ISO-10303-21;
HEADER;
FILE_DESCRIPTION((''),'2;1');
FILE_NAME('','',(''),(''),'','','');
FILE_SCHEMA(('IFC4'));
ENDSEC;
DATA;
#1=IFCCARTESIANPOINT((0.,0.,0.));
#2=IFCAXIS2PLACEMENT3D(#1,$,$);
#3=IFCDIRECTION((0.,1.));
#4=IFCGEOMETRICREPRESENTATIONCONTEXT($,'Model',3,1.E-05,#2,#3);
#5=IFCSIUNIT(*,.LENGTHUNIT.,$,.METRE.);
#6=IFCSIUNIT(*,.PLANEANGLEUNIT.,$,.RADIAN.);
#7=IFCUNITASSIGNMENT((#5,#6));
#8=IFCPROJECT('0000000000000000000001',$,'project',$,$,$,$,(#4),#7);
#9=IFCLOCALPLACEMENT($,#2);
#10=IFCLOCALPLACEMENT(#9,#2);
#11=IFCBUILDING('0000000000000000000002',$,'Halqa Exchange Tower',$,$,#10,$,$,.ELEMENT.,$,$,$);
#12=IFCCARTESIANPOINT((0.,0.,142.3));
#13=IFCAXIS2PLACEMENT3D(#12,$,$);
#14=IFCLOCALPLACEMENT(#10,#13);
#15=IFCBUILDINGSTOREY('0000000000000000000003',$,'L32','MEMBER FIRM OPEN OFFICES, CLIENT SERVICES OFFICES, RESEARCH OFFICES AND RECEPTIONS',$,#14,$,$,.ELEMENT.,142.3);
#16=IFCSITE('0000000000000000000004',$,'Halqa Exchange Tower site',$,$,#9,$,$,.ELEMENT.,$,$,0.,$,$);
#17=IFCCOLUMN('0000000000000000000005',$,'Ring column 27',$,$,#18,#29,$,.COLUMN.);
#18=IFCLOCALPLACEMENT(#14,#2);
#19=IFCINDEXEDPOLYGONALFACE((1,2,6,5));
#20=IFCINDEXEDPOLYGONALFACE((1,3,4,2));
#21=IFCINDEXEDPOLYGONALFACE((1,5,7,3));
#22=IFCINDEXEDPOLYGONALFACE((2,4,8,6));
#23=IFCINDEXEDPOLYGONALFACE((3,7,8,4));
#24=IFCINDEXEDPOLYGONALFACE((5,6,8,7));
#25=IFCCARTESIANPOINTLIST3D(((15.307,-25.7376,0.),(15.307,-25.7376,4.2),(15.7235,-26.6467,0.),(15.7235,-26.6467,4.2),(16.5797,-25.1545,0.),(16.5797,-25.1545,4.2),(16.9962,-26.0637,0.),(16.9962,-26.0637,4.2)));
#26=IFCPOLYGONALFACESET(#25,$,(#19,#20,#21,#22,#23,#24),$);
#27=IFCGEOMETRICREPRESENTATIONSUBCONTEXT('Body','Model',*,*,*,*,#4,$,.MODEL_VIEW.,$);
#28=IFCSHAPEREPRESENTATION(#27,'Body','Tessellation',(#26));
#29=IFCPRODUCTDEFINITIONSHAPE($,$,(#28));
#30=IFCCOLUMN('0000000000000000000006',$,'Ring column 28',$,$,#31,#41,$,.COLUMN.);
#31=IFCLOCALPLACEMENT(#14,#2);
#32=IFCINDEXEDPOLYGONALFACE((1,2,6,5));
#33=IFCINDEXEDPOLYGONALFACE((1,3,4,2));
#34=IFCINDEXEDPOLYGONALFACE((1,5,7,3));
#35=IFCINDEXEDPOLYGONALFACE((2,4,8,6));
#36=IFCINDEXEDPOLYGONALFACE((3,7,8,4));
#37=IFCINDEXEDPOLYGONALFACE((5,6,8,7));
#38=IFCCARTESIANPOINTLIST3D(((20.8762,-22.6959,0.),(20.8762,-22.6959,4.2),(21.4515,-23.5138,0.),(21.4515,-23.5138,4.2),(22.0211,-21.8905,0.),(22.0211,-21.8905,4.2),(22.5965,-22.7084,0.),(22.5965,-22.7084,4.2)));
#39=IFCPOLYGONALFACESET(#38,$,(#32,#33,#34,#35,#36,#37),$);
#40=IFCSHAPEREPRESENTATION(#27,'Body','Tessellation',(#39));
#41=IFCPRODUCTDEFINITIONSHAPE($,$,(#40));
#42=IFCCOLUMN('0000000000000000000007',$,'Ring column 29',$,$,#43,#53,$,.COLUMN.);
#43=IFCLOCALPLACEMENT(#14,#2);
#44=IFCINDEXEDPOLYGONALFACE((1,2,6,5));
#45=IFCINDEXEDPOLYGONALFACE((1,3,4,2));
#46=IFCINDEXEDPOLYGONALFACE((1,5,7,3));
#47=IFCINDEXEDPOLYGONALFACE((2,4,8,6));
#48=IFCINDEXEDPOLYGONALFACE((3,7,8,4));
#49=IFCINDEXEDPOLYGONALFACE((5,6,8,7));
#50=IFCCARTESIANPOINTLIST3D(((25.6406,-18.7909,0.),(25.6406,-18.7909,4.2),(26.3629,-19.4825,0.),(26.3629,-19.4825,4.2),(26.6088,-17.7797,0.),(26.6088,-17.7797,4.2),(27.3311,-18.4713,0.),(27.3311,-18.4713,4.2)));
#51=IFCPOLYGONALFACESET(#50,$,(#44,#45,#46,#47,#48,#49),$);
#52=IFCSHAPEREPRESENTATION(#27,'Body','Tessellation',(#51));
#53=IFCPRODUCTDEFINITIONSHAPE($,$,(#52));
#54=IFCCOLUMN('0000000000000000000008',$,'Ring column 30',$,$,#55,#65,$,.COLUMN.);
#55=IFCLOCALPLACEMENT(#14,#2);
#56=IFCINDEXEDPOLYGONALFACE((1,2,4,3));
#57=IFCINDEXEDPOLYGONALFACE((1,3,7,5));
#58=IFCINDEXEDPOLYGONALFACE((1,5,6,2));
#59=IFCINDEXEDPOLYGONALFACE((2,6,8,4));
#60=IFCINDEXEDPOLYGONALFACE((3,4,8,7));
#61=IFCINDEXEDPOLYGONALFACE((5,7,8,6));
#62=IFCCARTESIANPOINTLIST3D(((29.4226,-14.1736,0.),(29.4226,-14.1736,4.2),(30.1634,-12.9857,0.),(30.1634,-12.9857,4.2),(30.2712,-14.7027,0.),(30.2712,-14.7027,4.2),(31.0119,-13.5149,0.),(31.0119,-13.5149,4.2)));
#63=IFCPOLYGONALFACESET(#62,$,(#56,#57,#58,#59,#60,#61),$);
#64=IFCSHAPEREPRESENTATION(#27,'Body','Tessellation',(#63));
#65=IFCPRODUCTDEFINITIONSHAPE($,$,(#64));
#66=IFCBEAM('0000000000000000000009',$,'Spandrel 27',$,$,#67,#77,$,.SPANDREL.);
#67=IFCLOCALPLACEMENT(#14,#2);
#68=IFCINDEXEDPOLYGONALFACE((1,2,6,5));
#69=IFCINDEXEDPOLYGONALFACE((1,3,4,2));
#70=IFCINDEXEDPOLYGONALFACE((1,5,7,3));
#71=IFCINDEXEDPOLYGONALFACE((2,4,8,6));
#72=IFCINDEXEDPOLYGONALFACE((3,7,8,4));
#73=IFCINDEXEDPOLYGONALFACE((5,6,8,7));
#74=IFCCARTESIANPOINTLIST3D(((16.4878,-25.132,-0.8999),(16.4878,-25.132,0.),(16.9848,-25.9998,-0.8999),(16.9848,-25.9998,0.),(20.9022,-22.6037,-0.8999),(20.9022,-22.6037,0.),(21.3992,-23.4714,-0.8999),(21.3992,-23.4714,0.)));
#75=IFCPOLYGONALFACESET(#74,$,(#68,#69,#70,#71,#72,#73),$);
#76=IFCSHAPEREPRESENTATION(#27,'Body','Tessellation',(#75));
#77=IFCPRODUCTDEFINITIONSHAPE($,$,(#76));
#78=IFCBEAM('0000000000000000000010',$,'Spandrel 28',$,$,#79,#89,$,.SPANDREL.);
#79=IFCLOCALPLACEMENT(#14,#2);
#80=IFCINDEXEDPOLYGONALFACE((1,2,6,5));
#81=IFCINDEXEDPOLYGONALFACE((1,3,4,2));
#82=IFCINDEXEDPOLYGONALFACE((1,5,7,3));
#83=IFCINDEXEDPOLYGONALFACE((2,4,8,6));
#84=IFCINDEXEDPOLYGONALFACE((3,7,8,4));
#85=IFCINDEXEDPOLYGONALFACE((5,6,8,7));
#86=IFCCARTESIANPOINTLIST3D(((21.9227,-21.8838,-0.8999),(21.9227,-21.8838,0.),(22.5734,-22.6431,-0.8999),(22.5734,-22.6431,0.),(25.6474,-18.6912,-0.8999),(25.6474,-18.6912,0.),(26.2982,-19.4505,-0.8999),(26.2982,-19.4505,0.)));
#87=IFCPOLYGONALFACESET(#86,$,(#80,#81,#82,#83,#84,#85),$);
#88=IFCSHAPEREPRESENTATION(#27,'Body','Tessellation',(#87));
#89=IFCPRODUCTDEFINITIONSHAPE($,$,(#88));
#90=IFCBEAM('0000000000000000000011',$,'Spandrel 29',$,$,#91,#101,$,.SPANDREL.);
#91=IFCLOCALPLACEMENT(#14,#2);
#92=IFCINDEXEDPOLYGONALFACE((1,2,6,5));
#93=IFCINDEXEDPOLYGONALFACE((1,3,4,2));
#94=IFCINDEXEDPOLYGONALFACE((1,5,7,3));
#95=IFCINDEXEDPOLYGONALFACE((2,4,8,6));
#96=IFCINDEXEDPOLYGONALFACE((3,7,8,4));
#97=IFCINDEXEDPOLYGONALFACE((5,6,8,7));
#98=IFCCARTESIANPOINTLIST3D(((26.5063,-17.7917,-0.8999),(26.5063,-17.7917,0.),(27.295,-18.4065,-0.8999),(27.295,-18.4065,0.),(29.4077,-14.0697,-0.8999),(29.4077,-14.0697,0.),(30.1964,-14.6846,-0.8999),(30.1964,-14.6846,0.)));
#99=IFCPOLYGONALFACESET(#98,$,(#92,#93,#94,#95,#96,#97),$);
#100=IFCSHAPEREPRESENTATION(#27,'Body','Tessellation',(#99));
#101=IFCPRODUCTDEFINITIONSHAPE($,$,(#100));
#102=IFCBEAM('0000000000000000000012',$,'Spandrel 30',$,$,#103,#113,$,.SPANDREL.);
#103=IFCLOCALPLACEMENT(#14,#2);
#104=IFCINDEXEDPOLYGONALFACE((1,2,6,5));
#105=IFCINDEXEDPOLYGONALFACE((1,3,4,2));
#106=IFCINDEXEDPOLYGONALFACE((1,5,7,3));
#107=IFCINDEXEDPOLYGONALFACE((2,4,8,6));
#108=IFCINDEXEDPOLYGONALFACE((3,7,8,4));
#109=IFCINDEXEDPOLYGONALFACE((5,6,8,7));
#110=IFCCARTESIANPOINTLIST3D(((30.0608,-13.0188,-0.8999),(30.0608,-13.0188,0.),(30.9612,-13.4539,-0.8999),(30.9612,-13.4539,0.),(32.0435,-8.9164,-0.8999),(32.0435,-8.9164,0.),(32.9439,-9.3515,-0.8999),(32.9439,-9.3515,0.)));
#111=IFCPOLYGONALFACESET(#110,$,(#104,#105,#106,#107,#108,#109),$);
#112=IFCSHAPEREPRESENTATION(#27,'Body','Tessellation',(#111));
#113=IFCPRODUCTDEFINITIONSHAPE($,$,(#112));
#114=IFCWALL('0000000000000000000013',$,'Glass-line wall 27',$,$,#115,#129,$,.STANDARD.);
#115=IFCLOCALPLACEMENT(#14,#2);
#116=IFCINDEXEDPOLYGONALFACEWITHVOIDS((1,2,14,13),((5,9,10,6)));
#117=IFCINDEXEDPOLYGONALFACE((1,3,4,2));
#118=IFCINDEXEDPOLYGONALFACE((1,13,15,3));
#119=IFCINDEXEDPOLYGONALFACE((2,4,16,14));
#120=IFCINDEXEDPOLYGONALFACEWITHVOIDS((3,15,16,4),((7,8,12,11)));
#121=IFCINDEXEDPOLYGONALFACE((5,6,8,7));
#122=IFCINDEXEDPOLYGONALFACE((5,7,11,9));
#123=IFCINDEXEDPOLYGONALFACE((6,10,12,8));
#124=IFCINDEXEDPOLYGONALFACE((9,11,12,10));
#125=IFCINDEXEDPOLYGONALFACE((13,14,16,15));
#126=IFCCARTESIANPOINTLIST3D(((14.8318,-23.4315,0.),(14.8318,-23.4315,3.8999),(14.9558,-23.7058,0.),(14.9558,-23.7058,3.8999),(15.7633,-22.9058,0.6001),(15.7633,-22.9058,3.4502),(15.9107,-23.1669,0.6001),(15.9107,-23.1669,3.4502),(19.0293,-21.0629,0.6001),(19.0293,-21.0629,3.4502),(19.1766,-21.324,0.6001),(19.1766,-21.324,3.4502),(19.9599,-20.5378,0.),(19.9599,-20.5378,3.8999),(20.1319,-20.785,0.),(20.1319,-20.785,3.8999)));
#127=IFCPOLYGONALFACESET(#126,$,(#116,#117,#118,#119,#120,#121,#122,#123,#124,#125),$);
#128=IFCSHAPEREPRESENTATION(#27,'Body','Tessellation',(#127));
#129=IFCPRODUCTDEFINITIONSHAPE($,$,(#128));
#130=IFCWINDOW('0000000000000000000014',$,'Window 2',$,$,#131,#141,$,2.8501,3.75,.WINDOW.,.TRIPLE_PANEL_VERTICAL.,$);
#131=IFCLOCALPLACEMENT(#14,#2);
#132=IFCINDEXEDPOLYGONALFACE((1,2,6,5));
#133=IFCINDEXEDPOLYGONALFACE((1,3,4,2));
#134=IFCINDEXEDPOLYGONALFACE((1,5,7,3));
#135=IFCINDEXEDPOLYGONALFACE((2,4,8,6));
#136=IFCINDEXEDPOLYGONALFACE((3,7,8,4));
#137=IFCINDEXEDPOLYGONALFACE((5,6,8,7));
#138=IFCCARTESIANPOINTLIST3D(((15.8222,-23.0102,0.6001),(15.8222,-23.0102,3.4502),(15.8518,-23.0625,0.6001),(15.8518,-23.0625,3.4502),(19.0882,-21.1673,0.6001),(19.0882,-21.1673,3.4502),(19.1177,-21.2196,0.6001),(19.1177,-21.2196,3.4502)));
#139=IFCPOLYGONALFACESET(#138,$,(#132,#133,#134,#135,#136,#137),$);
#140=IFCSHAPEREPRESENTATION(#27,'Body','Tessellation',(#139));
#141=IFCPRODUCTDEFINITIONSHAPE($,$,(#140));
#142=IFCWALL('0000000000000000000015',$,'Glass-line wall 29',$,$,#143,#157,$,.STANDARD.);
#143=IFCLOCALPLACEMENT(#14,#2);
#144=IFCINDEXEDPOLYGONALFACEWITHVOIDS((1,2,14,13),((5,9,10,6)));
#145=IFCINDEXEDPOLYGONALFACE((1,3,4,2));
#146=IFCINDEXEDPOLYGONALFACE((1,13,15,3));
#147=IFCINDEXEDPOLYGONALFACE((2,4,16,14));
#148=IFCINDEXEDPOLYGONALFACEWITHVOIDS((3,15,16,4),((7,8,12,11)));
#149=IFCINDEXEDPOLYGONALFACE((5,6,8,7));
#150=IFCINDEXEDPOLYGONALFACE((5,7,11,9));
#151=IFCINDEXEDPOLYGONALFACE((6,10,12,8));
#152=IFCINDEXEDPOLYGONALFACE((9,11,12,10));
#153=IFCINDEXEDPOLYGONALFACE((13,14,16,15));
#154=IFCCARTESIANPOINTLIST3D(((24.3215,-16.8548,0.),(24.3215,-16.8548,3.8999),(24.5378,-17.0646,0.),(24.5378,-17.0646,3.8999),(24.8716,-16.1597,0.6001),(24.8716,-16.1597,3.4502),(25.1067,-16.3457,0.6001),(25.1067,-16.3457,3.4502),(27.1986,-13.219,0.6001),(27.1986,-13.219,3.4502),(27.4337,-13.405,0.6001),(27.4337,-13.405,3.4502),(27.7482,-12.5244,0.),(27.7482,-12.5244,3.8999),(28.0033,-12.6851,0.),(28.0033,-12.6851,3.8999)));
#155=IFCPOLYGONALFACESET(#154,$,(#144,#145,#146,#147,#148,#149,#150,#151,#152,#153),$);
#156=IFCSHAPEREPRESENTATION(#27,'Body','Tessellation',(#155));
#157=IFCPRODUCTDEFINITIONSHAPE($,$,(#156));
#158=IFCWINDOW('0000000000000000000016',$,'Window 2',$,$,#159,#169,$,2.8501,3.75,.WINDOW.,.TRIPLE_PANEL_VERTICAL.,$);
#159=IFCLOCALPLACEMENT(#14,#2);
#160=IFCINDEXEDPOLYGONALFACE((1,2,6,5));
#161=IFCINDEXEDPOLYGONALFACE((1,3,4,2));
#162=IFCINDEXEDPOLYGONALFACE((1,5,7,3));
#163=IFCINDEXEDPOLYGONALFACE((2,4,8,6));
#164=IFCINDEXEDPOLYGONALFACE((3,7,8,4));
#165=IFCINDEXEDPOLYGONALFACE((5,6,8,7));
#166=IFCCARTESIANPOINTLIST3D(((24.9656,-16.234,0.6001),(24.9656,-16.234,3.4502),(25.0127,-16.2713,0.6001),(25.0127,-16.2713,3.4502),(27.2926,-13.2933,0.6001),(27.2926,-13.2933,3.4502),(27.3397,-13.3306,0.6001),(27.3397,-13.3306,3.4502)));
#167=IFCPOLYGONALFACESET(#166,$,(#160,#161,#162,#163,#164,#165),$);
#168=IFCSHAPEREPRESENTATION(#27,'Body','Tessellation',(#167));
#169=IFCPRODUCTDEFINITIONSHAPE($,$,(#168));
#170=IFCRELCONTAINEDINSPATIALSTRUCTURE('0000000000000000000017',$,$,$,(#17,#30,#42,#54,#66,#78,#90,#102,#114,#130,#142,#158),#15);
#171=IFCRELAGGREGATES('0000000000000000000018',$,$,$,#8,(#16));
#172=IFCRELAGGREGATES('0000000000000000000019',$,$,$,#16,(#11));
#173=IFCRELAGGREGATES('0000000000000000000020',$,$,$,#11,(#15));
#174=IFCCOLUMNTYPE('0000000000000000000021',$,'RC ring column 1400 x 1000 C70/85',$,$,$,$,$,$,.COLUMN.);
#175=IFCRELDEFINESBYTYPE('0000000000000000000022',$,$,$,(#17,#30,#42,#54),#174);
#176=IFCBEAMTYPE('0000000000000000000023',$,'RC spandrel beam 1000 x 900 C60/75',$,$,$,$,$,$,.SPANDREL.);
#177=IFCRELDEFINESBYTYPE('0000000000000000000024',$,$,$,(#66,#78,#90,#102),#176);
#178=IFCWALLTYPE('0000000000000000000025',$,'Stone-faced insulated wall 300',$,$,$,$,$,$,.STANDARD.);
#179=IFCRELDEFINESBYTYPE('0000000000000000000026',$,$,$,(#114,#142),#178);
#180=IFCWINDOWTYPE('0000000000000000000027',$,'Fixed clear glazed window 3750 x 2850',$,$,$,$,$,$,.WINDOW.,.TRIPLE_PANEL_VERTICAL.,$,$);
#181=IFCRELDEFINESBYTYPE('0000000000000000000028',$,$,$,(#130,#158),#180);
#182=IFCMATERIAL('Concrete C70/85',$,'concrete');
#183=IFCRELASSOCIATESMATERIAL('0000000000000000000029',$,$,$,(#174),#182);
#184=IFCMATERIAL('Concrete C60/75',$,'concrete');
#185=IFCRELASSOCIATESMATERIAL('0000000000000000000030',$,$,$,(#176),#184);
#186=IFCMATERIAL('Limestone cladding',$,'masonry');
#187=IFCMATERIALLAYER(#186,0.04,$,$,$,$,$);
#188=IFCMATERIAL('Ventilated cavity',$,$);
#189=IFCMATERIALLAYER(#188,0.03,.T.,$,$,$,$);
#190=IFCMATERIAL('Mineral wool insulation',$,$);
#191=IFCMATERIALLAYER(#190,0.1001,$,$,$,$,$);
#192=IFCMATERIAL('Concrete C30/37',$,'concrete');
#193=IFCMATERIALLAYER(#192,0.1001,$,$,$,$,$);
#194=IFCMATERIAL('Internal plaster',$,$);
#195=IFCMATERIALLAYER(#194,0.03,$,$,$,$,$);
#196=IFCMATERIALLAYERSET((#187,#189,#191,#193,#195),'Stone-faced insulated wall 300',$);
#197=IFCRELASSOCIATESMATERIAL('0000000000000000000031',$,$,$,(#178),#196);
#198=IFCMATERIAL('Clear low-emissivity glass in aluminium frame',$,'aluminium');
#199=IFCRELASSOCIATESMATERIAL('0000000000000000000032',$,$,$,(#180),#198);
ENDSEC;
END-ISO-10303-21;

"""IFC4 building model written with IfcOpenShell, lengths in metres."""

from ifc_helpers import new_model, si_unit, direction, frame, frame_2d, origin, origin_2d, place, context, subcontext, project, spatial, polyline, rectangle, outline, extrude, material, layer, layer_set, material_profile, profile_set, type_object, element, fill, save


model = new_model("IFC4")

# Units and contexts
model_context = context("Model", 3, precision=1e-05, world=origin(), true_north=direction((0.0, 1.0)))
body_context = subcontext(model_context, "Body", "Model", "MODEL_VIEW")
ifc_project = project(units=[si_unit("LENGTHUNIT", "METRE"), si_unit("PLANEANGLEUNIT", "RADIAN")], contexts=[model_context])

# Site, building, storey
site_placement = place(None, origin())
site = spatial("IfcSite", under=ifc_project, at=site_placement, Name="Halqa Exchange Tower site", CompositionType="ELEMENT", RefElevation=0.0)
building_placement = place(site_placement, origin())
building = spatial("IfcBuilding", under=site, at=building_placement, Name="Halqa Exchange Tower", CompositionType="ELEMENT")
storey_placement = place(building_placement, frame((0.0, 0.0, 142.3)))
storey = spatial("IfcBuildingStorey", under=building, at=storey_placement, Name="L32", Description="MEMBER FIRM OPEN OFFICES, CLIENT SERVICES OFFICES, RESEARCH OFFICES AND RECEPTIONS", CompositionType="ELEMENT", Elevation=142.3)

# Columns
ifc_material_1 = material(Name="Concrete C70/85", Category="concrete")
ifc_material_profile_1 = material_profile(ifc_material_1, rectangle(XDim=1.3999, YDim=1.0, at=origin_2d()), Name="1400 x 1000")
ifc_profile_set_1 = profile_set([ifc_material_profile_1], Name="Concrete C70/85")
column_type = type_object("IfcColumnType", Name="RC ring column 1400 x 1000 C70/85", PredefinedType="COLUMN", material=ifc_profile_set_1)
for number, where, z_axis, x_axis, name in (
    (1, (16.1516, -25.9006, 0.0), (0.0, 0.0, 1.0), (0.909127, 0.416519, 0.0), "Ring column 27"),
    (2, (21.7363, -22.7021, 0.0), (0.0, 0.0, 1.0), (0.817908, 0.575349, 0.0), "Ring column 28"),
    (3, (26.4858, -18.6311, 0.0), (0.0, 0.0, 1.0), (0.691574, 0.722306, 0.0), "Ring column 29"),
    (4, (30.2173, -13.8442, 0.0), (0.0, 0.0, 1.0), (0.529138, 0.848536, 0.0), "Ring column 30"),
):
    element("IfcColumn", number, at=place(storey_placement, frame(where, z_axis=z_axis, x_axis=x_axis)), inside=storey, type_object=column_type, Name=name, PredefinedType="COLUMN", context=body_context, shape_type="SweptSolid", body=[
        extrude(rectangle(XDim=1.3999, YDim=1.0, at=origin_2d()), origin(), (0.0, 0.0, 1.0), 4.2),
    ])

# Beams
ifc_material_2 = material(Name="Concrete C60/75", Category="concrete")
ifc_material_profile_2 = material_profile(ifc_material_2, rectangle(XDim=1.0, YDim=0.8999, at=origin_2d()), Name="1000 x 900")
ifc_profile_set_2 = profile_set([ifc_material_profile_2], Name="Concrete C60/75")
beam_type = type_object("IfcBeamType", Name="RC spandrel beam 1000 x 900 C60/75", PredefinedType="SPANDREL", material=ifc_profile_set_2)
beam_1_placement = place(storey_placement, frame((16.7363, -25.5659, -0.45), z_axis=(0.867747, 0.497007, 0.0), x_axis=(-0.497007, 0.867747, 0.0)))
element("IfcBeam", 5, at=beam_1_placement, inside=storey, type_object=beam_type, Name="Spandrel 27", PredefinedType="SPANDREL", context=body_context, shape_type="SweptSolid", body=[
    extrude(rectangle(XDim=1.0, YDim=0.8999, at=origin_2d()), origin(), (0.0, 0.0, 1.0), 5.0872),
])
beam_2_placement = place(storey_placement, frame((22.248, -22.2634, -0.45), z_axis=(0.759267, 0.650779, 0.0), x_axis=(-0.650779, 0.759267, 0.0)))
element("IfcBeam", 6, at=beam_2_placement, inside=storey, type_object=beam_type, Name="Spandrel 28", PredefinedType="SPANDREL", context=body_context, shape_type="SweptSolid", body=[
    extrude(rectangle(XDim=1.0, YDim=0.8999, at=origin_2d()), origin(), (0.0, 0.0, 1.0), 4.9058),
])
beam_3_placement = place(storey_placement, frame((26.9006, -18.0991, -0.45), z_axis=(0.614803, 0.78868, 0.0), x_axis=(-0.78868, 0.614803, 0.0)))
element("IfcBeam", 7, at=beam_3_placement, inside=storey, type_object=beam_type, Name="Spandrel 29", PredefinedType="SPANDREL", context=body_context, shape_type="SweptSolid", body=[
    extrude(rectangle(XDim=1.0, YDim=0.8999, at=origin_2d()), origin(), (0.0, 0.0, 1.0), 4.7192),
])
beam_4_placement = place(storey_placement, frame((30.511, -13.2363, -0.45), z_axis=(0.435149, 0.900358, 0.0), x_axis=(-0.900358, 0.435149, 0.0)))
element("IfcBeam", 8, at=beam_4_placement, inside=storey, type_object=beam_type, Name="Spandrel 30", PredefinedType="SPANDREL", context=body_context, shape_type="SweptSolid", body=[
    extrude(rectangle(XDim=1.0, YDim=0.8999, at=origin_2d()), origin(), (0.0, 0.0, 1.0), 4.5564),
])

# Wall, opening, window
ifc_material_3 = material(Name="Limestone cladding", Category="masonry")
ifc_layer_1 = layer(ifc_material_3, 0.04)
ifc_material_4 = material(Name="Ventilated cavity")
ifc_layer_2 = layer(ifc_material_4, 0.03, ventilated=True)
ifc_material_5 = material(Name="Mineral wool insulation")
ifc_layer_3 = layer(ifc_material_5, 0.1001)
ifc_material_6 = material(Name="Concrete C30/37", Category="concrete")
ifc_layer_4 = layer(ifc_material_6, 0.1001)
ifc_material_7 = material(Name="Internal plaster")
ifc_layer_5 = layer(ifc_material_7, 0.03)
ifc_layer_set_1 = layer_set([ifc_layer_1, ifc_layer_2, ifc_layer_3, ifc_layer_4, ifc_layer_5], Name="Stone-faced insulated wall 300")
wall_type_1 = type_object("IfcWallType", Name="Stone-faced insulated wall 300", PredefinedType="STANDARD", material=ifc_layer_set_1)
wall_1_placement = place(storey_placement, frame((14.8938, -23.5686, 0.0), z_axis=(0.0, 0.0, 1.0), x_axis=(0.870912, 0.491438, 0.0)))
wall_1 = element("IfcWall", 9, at=wall_1_placement, inside=storey, type_object=wall_type_1, Name="Glass-line wall 27", PredefinedType="STANDARD", context=body_context, shape_type="SweptSolid", body=[
    extrude(outline(polyline([(-0.0134, -0.1499), (5.9299, -0.1499), (5.9016, 0.1499), (0.0134, 0.1499), (-0.0134, -0.1499)])), origin(), (0.0, 0.0, 1.0), 3.8999),
])
opening_1_placement = place(wall_1_placement, frame((1.083, 0.0, 0.6001)))
opening_1 = element("IfcOpeningElement", 10, at=opening_1_placement, cuts=wall_1, PredefinedType="OPENING", context=body_context, shape_type="SweptSolid", body=[
    extrude(rectangle(XDim=3.75, YDim=2.8501, at=frame_2d((1.875, 1.425))), frame((0.0, 0.1621, 0.0), z_axis=(0.0, -1.0, 0.0), x_axis=(1.0, 0.0, 0.0)), (0.0, 0.0, 1.0), 0.324),
])
ifc_material_8 = material(Name="Clear low-emissivity glass in aluminium frame", Category="aluminium")
window_type = type_object("IfcWindowType", Name="Fixed clear glazed window 3750 x 2850", PartitioningType="TRIPLE_PANEL_VERTICAL", PredefinedType="WINDOW", material=ifc_material_8)
window_1_placement = place(opening_1_placement, origin())
window_1 = element("IfcWindow", 11, at=window_1_placement, inside=storey, type_object=window_type, Name="Window 2", OverallHeight=2.8501, OverallWidth=3.75, PartitioningType="TRIPLE_PANEL_VERTICAL", PredefinedType="WINDOW", context=body_context, shape_type="SweptSolid", body=[
    extrude(rectangle(XDim=3.75, YDim=2.8501, at=frame_2d((1.875, 1.425))), frame((0.0, 0.03, 0.0), z_axis=(0.0, -1.0, 0.0), x_axis=(1.0, 0.0, 0.0)), (0.0, 0.0, 1.0), 0.0601),
])
fill(opening_1, window_1)

# Wall, opening, window
wall_2_placement = place(storey_placement, frame((24.4297, -16.9597, 0.0), z_axis=(0.0, 0.0, 1.0), x_axis=(0.620521, 0.78419, 0.0)))
wall_2 = element("IfcWall", 12, at=wall_2_placement, inside=storey, type_object=wall_type_1, Name="Glass-line wall 29", PredefinedType="STANDARD", context=body_context, shape_type="SweptSolid", body=[
    extrude(outline(polyline([(-0.0151, -0.1499), (5.5696, -0.1499), (5.5374, 0.1499), (0.0151, 0.1499), (-0.0151, -0.1499)])), origin(), (0.0, 0.0, 1.0), 3.8999),
])
opening_2_placement = place(wall_2_placement, frame((0.9016, 0.0, 0.6001)))
opening_2 = element("IfcOpeningElement", 13, at=opening_2_placement, cuts=wall_2, PredefinedType="OPENING", context=body_context, shape_type="SweptSolid", body=[
    extrude(rectangle(XDim=3.75, YDim=2.8501, at=frame_2d((1.875, 1.425))), frame((0.0, 0.1621, 0.0), z_axis=(0.0, -1.0, 0.0), x_axis=(1.0, 0.0, 0.0)), (0.0, 0.0, 1.0), 0.324),
])
window_2_placement = place(opening_2_placement, origin())
window_2 = element("IfcWindow", 14, at=window_2_placement, inside=storey, type_object=window_type, Name="Window 2", OverallHeight=2.8501, OverallWidth=3.75, PartitioningType="TRIPLE_PANEL_VERTICAL", PredefinedType="WINDOW", context=body_context, shape_type="SweptSolid", body=[
    extrude(rectangle(XDim=3.75, YDim=2.8501, at=frame_2d((1.875, 1.425))), frame((0.0, 0.03, 0.0), z_axis=(0.0, -1.0, 0.0), x_axis=(1.0, 0.0, 0.0)), (0.0, 0.0, 1.0), 0.0601),
])
fill(opening_2, window_2)

save(model, "model.ifc")
